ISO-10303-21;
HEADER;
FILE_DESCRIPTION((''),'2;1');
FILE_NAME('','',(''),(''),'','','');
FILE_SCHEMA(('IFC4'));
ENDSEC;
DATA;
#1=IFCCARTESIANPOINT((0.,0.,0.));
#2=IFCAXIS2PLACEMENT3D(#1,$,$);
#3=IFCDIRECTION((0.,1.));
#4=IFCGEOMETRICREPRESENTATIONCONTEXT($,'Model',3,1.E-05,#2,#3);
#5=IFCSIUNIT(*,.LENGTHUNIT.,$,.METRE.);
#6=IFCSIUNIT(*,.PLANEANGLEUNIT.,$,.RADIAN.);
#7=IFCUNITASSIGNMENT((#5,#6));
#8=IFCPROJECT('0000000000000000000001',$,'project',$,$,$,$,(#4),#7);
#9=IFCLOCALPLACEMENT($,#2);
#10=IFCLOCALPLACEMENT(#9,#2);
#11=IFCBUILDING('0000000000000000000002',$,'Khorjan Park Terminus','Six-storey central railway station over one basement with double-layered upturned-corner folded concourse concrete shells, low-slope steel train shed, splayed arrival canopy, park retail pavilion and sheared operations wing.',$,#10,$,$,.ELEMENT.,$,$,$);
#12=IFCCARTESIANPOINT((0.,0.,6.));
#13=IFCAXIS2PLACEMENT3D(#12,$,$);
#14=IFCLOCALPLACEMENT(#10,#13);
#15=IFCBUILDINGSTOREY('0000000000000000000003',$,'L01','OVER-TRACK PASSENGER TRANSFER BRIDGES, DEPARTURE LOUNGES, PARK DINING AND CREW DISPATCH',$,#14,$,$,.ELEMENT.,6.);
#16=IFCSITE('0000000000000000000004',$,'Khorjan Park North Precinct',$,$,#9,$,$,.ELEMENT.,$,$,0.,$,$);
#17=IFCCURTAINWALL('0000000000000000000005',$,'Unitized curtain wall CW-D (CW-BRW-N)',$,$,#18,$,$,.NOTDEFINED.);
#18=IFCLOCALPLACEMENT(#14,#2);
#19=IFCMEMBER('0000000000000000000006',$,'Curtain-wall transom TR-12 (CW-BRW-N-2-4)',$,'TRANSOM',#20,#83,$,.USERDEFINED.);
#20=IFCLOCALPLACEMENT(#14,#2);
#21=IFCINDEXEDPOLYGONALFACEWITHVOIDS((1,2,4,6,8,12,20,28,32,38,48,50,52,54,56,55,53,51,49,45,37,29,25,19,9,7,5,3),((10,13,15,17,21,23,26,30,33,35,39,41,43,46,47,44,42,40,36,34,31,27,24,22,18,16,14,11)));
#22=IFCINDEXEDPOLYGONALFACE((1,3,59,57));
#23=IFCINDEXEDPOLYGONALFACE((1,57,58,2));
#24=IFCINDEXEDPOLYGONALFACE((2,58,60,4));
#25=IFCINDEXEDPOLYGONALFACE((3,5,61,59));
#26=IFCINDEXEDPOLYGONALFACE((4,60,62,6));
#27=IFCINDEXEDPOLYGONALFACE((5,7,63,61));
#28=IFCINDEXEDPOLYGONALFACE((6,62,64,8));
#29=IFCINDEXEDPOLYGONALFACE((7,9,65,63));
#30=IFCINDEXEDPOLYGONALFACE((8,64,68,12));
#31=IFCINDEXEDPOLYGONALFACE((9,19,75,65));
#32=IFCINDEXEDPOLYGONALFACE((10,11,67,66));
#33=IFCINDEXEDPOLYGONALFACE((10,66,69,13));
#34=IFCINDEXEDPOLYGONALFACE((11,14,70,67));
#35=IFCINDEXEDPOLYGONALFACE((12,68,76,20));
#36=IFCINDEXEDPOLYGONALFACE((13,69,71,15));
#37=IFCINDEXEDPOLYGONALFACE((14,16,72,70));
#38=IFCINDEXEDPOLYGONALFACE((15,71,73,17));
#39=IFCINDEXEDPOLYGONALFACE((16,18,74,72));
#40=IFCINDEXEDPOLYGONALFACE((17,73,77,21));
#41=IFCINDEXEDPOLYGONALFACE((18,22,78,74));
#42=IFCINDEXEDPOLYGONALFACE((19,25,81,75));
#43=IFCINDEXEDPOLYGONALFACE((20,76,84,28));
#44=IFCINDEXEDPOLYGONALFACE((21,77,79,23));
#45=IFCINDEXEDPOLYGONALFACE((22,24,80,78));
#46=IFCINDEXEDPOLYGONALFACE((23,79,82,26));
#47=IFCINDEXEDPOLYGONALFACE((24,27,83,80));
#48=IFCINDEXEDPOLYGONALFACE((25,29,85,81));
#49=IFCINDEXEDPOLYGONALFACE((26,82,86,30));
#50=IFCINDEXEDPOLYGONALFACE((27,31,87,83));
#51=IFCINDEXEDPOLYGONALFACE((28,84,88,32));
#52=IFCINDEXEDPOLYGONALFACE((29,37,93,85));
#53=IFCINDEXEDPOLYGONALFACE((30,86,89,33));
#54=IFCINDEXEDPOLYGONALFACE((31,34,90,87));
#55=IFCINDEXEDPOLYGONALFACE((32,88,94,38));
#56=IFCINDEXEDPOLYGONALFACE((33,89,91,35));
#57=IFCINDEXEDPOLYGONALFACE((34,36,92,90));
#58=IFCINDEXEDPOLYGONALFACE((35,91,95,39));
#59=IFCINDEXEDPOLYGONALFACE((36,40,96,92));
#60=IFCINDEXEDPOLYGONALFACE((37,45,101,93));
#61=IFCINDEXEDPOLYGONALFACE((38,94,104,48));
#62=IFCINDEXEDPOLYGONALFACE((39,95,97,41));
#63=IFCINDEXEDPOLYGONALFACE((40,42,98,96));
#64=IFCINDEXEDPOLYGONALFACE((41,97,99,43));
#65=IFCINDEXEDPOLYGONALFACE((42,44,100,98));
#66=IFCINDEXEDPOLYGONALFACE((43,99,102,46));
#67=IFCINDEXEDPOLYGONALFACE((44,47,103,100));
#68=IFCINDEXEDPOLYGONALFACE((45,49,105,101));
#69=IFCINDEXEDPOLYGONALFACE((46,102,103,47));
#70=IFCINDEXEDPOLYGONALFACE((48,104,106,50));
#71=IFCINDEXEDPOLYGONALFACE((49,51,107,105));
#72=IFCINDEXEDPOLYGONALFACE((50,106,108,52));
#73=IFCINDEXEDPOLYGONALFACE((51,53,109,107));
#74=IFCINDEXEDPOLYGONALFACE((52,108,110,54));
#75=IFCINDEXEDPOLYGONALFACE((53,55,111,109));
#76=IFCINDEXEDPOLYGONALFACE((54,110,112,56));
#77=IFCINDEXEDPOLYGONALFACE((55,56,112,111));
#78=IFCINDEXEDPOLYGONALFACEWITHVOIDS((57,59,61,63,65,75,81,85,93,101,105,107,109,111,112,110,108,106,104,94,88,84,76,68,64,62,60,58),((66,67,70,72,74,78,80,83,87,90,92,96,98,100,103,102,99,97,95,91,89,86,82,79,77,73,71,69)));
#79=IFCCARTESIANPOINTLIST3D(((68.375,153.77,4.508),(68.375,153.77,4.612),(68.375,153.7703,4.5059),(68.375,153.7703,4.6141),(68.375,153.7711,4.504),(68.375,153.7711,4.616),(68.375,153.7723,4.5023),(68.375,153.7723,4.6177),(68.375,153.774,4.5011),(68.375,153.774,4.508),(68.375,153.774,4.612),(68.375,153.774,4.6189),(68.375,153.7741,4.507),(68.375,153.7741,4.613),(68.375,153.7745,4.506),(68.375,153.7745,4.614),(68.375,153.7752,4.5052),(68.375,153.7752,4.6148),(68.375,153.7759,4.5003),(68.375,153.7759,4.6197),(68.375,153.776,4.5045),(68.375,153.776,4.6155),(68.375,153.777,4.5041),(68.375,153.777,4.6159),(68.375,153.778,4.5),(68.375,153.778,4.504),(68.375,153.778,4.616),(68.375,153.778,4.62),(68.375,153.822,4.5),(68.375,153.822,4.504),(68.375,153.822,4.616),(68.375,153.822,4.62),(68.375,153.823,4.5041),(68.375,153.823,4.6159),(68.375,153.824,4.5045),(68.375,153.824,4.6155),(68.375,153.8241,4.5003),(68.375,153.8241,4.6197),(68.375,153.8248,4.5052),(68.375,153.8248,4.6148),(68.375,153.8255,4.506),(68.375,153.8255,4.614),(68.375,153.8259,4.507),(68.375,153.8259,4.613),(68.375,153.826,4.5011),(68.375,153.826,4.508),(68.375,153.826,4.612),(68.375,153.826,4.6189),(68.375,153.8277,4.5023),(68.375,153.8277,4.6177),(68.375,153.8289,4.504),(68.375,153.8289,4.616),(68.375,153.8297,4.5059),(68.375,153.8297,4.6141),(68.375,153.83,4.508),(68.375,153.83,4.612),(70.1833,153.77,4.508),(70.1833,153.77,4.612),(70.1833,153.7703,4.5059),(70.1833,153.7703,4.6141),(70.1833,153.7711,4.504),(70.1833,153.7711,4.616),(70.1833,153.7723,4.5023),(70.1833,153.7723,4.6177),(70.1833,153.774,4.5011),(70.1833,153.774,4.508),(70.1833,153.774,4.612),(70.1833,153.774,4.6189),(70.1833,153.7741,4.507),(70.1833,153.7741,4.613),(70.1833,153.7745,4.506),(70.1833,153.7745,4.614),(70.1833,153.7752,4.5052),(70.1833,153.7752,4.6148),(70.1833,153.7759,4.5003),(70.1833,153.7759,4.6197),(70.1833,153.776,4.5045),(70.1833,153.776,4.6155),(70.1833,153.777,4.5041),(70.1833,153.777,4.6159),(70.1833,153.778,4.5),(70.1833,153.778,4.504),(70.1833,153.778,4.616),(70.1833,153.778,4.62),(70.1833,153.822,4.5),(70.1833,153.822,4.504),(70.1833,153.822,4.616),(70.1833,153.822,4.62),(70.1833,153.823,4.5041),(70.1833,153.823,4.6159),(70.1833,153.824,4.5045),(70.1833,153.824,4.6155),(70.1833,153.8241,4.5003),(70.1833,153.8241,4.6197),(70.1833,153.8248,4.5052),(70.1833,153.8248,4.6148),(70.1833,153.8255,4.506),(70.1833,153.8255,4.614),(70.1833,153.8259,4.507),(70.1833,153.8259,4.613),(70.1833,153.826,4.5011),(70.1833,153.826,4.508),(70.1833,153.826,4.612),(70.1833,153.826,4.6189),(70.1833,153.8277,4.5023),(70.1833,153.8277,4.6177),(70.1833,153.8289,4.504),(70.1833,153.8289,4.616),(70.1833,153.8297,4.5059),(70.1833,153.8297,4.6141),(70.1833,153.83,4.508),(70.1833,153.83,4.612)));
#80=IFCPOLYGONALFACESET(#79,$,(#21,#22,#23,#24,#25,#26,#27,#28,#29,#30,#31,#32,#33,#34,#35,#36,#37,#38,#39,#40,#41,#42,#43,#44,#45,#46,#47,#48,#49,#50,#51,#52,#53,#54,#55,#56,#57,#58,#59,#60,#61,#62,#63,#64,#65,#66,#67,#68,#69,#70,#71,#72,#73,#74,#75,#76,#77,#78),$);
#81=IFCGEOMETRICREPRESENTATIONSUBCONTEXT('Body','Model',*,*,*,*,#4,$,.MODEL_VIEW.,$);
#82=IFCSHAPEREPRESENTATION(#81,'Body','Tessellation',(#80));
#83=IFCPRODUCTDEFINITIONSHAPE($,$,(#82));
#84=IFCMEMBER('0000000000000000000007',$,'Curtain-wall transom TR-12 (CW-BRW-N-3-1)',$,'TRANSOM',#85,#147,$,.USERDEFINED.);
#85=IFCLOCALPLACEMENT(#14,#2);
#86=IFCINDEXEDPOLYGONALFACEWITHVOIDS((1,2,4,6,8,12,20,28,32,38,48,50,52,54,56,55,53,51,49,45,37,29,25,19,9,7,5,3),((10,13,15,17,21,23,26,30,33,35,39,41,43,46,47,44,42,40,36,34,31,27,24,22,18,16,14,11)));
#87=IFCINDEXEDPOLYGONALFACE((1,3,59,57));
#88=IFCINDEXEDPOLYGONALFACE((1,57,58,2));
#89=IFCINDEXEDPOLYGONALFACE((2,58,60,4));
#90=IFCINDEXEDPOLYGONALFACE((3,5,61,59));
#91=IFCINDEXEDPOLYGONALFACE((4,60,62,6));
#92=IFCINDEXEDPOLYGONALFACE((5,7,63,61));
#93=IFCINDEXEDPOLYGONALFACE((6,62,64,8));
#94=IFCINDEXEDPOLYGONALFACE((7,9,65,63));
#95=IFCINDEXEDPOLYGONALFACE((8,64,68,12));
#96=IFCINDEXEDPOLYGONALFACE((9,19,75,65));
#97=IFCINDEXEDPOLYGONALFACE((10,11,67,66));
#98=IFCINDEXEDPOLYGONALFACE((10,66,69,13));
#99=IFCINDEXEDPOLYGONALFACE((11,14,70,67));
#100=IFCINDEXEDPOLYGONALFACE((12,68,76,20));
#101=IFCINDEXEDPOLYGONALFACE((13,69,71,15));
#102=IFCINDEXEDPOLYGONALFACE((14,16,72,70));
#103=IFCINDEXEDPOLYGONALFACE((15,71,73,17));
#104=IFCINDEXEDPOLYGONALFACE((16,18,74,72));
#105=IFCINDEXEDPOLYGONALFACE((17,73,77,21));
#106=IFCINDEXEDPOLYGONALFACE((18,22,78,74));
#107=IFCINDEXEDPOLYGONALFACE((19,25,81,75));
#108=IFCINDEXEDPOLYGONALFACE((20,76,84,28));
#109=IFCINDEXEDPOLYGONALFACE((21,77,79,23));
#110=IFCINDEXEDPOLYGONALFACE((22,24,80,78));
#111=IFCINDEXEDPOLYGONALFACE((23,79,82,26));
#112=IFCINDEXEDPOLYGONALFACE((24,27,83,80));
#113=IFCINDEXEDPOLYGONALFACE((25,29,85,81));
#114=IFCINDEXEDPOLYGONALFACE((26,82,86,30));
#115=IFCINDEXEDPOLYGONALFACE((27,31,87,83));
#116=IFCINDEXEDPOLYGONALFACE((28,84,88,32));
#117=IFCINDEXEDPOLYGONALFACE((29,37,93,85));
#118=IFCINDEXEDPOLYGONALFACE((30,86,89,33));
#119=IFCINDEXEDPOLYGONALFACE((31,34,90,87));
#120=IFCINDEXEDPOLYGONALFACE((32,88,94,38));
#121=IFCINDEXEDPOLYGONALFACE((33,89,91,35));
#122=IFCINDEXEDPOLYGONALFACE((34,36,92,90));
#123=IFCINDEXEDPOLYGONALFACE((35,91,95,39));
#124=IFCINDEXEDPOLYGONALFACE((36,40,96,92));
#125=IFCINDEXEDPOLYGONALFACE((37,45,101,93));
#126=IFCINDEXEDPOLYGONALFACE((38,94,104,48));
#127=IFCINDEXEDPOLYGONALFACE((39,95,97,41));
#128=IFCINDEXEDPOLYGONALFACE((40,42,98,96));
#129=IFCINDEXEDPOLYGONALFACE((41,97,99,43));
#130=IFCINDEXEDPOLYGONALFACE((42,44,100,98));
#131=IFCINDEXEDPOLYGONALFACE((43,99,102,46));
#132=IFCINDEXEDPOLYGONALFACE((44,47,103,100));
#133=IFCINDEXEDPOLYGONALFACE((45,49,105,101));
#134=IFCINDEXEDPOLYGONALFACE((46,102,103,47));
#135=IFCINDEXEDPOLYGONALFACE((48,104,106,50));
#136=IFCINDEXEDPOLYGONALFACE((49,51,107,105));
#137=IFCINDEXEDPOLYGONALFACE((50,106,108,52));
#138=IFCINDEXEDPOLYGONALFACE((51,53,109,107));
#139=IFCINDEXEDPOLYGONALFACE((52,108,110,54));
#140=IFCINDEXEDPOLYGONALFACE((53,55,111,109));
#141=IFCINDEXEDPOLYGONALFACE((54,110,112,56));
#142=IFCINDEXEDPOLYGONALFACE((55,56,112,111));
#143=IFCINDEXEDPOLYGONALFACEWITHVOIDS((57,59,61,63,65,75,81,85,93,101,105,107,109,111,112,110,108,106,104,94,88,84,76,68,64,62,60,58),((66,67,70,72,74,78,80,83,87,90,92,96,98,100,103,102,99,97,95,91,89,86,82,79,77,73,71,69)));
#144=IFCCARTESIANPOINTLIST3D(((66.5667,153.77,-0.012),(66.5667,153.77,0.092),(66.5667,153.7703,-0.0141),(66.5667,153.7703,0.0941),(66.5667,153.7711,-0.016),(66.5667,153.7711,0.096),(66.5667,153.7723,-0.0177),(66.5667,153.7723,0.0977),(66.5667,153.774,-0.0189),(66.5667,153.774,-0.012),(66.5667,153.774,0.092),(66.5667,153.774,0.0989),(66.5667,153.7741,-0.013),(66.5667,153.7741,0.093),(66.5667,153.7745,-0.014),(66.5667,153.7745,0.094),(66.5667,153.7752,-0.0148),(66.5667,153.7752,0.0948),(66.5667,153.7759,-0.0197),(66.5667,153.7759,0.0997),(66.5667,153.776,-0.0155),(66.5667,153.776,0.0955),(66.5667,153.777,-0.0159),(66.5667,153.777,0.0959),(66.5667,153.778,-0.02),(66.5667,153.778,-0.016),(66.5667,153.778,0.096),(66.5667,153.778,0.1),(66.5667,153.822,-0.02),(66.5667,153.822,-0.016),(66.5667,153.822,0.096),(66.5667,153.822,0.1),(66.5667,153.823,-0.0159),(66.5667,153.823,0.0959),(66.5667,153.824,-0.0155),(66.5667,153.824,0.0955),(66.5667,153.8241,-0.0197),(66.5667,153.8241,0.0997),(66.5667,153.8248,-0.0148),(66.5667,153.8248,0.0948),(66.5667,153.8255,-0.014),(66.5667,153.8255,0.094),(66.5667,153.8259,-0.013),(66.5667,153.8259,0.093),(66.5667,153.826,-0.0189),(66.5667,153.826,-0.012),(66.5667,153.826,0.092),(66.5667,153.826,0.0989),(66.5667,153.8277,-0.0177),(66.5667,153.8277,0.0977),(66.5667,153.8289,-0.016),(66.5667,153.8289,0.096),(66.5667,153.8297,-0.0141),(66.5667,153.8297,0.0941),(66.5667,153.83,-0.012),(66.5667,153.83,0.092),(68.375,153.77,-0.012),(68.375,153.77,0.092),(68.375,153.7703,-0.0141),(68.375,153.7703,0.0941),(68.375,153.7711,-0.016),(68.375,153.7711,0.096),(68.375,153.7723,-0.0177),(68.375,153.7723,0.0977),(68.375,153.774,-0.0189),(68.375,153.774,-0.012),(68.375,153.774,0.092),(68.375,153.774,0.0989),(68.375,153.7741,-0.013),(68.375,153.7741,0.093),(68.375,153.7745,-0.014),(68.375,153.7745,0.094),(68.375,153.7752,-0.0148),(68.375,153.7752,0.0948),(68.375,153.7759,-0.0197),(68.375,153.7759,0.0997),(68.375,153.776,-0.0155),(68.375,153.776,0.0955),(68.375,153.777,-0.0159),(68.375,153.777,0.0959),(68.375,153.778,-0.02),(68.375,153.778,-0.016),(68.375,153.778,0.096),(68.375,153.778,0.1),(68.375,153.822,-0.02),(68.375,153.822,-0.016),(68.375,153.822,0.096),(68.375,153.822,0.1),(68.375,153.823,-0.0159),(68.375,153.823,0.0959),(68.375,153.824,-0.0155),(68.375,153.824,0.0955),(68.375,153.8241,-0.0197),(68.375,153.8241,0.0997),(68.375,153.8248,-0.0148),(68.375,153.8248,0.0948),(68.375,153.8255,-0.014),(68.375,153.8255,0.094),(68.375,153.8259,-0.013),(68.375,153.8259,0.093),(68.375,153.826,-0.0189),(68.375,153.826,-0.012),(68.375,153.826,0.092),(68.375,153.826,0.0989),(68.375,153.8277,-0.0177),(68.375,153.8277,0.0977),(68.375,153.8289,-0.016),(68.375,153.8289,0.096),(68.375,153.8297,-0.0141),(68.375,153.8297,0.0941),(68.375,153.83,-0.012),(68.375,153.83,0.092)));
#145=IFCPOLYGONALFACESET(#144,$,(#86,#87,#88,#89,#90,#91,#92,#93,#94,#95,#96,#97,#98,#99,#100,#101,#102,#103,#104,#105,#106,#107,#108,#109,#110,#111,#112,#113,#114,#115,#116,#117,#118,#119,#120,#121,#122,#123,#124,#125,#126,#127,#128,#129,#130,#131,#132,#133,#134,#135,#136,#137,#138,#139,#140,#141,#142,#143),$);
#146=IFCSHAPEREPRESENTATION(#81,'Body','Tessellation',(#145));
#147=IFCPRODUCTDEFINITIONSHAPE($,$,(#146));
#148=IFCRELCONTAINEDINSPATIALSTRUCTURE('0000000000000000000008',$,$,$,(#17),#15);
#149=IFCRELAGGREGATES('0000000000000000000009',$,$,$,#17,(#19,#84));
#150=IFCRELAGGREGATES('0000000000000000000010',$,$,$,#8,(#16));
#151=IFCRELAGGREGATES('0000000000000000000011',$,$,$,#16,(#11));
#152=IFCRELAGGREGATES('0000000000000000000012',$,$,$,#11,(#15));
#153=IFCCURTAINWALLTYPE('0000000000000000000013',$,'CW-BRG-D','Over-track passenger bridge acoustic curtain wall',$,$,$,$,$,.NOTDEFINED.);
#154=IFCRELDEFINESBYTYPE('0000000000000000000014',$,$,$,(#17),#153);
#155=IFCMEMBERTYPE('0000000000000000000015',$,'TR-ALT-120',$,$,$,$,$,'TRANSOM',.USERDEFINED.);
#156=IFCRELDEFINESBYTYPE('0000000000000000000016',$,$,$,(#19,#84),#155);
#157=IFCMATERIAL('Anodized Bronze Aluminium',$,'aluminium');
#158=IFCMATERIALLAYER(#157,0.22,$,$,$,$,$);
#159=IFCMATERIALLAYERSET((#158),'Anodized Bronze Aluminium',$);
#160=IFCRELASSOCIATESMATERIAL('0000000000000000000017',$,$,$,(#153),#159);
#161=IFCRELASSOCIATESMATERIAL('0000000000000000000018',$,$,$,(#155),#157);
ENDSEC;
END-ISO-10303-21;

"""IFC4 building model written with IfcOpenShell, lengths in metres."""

from ifc_helpers import new_model, si_unit, direction, frame, origin, origin_2d, place, context, subcontext, project, spatial, hollow_rectangle, extrude, material, layer, layer_set, material_profile, profile_set, type_object, element, aggregate, save


model = new_model("IFC4")

# Units and contexts
model_context = context("Model", 3, precision=1e-05, world=origin(), true_north=direction((0.0, 1.0)))
body_context = subcontext(model_context, "Body", "Model", "MODEL_VIEW")
ifc_project = project(units=[si_unit("LENGTHUNIT", "METRE"), si_unit("PLANEANGLEUNIT", "RADIAN")], contexts=[model_context])

# Site, building, storey
site_placement = place(None, origin())
site = spatial("IfcSite", under=ifc_project, at=site_placement, Name="Khorjan Park North Precinct", CompositionType="ELEMENT", RefElevation=0.0)
building_placement = place(site_placement, origin())
building = spatial("IfcBuilding", under=site, at=building_placement, Name="Khorjan Park Terminus", Description="Six-storey central railway station over one basement with double-layered upturned-corner folded concourse concrete shells, low-slope steel train shed, splayed arrival canopy, park retail pavilion and sheared operations wing.", CompositionType="ELEMENT")
storey_placement = place(building_placement, frame((0.0, 0.0, 6.0)))
storey = spatial("IfcBuildingStorey", under=building, at=storey_placement, Name="L01", Description="OVER-TRACK PASSENGER TRANSFER BRIDGES, DEPARTURE LOUNGES, PARK DINING AND CREW DISPATCH", CompositionType="ELEMENT", Elevation=6.0)

# Curtain wall, members
ifc_material_1 = material(Name="Anodized Bronze Aluminium", Category="aluminium")
ifc_layer_1 = layer(ifc_material_1, 0.22)
ifc_layer_set_1 = layer_set([ifc_layer_1], Name="Anodized Bronze Aluminium")
curtain_wall_type = type_object("IfcCurtainWallType", Name="CW-BRG-D", Description="Over-track passenger bridge acoustic curtain wall", PredefinedType="NOTDEFINED", material=ifc_layer_set_1)
curtain_wall_placement = place(storey_placement, origin())
curtain_wall = element("IfcCurtainWall", 1, at=curtain_wall_placement, inside=storey, type_object=curtain_wall_type, Name="Unitized curtain wall CW-D (CW-BRW-N)", PredefinedType="NOTDEFINED")
ifc_material_profile_1 = material_profile(ifc_material_1, hollow_rectangle(XDim=0.06, YDim=0.12, WallThickness=0.004, InnerFilletRadius=0.004, OuterFilletRadius=0.008, at=origin_2d()), Name="ALT 60x120x4")
ifc_profile_set_1 = profile_set([ifc_material_profile_1], Name="Anodized Bronze Aluminium")
member_type_1 = type_object("IfcMemberType", Name="TR-ALT-120", ElementType="TRANSOM", PredefinedType="USERDEFINED", material=ifc_profile_set_1)
member_1_placement = place(storey_placement, frame((70.1833, 153.8, 4.56), z_axis=(-1.0, 0.0, 0.0), x_axis=(0.0, -1.0, 0.0)))
member_1 = element("IfcMember", 2, at=member_1_placement, type_object=member_type_1, Name="Curtain-wall transom TR-12 (CW-BRW-N-2-4)", ObjectType="TRANSOM", PredefinedType="USERDEFINED", context=body_context, shape_type="SweptSolid", body=[
    extrude(hollow_rectangle(XDim=0.06, YDim=0.12, WallThickness=0.004, InnerFilletRadius=0.004, OuterFilletRadius=0.008, at=origin_2d()), origin(), (0.0, 0.0, 1.0), 1.8083),
])
member_2_placement = place(storey_placement, frame((68.375, 153.8, 0.04), z_axis=(-1.0, 0.0, 0.0), x_axis=(0.0, -1.0, 0.0)))
member_2 = element("IfcMember", 3, at=member_2_placement, type_object=member_type_1, Name="Curtain-wall transom TR-12 (CW-BRW-N-3-1)", ObjectType="TRANSOM", PredefinedType="USERDEFINED", context=body_context, shape_type="SweptSolid", body=[
    extrude(hollow_rectangle(XDim=0.06, YDim=0.12, WallThickness=0.004, InnerFilletRadius=0.004, OuterFilletRadius=0.008, at=origin_2d()), origin(), (0.0, 0.0, 1.0), 1.8083),
])
aggregate(curtain_wall, [member_1, member_2])

save(model, "model.ifc")
